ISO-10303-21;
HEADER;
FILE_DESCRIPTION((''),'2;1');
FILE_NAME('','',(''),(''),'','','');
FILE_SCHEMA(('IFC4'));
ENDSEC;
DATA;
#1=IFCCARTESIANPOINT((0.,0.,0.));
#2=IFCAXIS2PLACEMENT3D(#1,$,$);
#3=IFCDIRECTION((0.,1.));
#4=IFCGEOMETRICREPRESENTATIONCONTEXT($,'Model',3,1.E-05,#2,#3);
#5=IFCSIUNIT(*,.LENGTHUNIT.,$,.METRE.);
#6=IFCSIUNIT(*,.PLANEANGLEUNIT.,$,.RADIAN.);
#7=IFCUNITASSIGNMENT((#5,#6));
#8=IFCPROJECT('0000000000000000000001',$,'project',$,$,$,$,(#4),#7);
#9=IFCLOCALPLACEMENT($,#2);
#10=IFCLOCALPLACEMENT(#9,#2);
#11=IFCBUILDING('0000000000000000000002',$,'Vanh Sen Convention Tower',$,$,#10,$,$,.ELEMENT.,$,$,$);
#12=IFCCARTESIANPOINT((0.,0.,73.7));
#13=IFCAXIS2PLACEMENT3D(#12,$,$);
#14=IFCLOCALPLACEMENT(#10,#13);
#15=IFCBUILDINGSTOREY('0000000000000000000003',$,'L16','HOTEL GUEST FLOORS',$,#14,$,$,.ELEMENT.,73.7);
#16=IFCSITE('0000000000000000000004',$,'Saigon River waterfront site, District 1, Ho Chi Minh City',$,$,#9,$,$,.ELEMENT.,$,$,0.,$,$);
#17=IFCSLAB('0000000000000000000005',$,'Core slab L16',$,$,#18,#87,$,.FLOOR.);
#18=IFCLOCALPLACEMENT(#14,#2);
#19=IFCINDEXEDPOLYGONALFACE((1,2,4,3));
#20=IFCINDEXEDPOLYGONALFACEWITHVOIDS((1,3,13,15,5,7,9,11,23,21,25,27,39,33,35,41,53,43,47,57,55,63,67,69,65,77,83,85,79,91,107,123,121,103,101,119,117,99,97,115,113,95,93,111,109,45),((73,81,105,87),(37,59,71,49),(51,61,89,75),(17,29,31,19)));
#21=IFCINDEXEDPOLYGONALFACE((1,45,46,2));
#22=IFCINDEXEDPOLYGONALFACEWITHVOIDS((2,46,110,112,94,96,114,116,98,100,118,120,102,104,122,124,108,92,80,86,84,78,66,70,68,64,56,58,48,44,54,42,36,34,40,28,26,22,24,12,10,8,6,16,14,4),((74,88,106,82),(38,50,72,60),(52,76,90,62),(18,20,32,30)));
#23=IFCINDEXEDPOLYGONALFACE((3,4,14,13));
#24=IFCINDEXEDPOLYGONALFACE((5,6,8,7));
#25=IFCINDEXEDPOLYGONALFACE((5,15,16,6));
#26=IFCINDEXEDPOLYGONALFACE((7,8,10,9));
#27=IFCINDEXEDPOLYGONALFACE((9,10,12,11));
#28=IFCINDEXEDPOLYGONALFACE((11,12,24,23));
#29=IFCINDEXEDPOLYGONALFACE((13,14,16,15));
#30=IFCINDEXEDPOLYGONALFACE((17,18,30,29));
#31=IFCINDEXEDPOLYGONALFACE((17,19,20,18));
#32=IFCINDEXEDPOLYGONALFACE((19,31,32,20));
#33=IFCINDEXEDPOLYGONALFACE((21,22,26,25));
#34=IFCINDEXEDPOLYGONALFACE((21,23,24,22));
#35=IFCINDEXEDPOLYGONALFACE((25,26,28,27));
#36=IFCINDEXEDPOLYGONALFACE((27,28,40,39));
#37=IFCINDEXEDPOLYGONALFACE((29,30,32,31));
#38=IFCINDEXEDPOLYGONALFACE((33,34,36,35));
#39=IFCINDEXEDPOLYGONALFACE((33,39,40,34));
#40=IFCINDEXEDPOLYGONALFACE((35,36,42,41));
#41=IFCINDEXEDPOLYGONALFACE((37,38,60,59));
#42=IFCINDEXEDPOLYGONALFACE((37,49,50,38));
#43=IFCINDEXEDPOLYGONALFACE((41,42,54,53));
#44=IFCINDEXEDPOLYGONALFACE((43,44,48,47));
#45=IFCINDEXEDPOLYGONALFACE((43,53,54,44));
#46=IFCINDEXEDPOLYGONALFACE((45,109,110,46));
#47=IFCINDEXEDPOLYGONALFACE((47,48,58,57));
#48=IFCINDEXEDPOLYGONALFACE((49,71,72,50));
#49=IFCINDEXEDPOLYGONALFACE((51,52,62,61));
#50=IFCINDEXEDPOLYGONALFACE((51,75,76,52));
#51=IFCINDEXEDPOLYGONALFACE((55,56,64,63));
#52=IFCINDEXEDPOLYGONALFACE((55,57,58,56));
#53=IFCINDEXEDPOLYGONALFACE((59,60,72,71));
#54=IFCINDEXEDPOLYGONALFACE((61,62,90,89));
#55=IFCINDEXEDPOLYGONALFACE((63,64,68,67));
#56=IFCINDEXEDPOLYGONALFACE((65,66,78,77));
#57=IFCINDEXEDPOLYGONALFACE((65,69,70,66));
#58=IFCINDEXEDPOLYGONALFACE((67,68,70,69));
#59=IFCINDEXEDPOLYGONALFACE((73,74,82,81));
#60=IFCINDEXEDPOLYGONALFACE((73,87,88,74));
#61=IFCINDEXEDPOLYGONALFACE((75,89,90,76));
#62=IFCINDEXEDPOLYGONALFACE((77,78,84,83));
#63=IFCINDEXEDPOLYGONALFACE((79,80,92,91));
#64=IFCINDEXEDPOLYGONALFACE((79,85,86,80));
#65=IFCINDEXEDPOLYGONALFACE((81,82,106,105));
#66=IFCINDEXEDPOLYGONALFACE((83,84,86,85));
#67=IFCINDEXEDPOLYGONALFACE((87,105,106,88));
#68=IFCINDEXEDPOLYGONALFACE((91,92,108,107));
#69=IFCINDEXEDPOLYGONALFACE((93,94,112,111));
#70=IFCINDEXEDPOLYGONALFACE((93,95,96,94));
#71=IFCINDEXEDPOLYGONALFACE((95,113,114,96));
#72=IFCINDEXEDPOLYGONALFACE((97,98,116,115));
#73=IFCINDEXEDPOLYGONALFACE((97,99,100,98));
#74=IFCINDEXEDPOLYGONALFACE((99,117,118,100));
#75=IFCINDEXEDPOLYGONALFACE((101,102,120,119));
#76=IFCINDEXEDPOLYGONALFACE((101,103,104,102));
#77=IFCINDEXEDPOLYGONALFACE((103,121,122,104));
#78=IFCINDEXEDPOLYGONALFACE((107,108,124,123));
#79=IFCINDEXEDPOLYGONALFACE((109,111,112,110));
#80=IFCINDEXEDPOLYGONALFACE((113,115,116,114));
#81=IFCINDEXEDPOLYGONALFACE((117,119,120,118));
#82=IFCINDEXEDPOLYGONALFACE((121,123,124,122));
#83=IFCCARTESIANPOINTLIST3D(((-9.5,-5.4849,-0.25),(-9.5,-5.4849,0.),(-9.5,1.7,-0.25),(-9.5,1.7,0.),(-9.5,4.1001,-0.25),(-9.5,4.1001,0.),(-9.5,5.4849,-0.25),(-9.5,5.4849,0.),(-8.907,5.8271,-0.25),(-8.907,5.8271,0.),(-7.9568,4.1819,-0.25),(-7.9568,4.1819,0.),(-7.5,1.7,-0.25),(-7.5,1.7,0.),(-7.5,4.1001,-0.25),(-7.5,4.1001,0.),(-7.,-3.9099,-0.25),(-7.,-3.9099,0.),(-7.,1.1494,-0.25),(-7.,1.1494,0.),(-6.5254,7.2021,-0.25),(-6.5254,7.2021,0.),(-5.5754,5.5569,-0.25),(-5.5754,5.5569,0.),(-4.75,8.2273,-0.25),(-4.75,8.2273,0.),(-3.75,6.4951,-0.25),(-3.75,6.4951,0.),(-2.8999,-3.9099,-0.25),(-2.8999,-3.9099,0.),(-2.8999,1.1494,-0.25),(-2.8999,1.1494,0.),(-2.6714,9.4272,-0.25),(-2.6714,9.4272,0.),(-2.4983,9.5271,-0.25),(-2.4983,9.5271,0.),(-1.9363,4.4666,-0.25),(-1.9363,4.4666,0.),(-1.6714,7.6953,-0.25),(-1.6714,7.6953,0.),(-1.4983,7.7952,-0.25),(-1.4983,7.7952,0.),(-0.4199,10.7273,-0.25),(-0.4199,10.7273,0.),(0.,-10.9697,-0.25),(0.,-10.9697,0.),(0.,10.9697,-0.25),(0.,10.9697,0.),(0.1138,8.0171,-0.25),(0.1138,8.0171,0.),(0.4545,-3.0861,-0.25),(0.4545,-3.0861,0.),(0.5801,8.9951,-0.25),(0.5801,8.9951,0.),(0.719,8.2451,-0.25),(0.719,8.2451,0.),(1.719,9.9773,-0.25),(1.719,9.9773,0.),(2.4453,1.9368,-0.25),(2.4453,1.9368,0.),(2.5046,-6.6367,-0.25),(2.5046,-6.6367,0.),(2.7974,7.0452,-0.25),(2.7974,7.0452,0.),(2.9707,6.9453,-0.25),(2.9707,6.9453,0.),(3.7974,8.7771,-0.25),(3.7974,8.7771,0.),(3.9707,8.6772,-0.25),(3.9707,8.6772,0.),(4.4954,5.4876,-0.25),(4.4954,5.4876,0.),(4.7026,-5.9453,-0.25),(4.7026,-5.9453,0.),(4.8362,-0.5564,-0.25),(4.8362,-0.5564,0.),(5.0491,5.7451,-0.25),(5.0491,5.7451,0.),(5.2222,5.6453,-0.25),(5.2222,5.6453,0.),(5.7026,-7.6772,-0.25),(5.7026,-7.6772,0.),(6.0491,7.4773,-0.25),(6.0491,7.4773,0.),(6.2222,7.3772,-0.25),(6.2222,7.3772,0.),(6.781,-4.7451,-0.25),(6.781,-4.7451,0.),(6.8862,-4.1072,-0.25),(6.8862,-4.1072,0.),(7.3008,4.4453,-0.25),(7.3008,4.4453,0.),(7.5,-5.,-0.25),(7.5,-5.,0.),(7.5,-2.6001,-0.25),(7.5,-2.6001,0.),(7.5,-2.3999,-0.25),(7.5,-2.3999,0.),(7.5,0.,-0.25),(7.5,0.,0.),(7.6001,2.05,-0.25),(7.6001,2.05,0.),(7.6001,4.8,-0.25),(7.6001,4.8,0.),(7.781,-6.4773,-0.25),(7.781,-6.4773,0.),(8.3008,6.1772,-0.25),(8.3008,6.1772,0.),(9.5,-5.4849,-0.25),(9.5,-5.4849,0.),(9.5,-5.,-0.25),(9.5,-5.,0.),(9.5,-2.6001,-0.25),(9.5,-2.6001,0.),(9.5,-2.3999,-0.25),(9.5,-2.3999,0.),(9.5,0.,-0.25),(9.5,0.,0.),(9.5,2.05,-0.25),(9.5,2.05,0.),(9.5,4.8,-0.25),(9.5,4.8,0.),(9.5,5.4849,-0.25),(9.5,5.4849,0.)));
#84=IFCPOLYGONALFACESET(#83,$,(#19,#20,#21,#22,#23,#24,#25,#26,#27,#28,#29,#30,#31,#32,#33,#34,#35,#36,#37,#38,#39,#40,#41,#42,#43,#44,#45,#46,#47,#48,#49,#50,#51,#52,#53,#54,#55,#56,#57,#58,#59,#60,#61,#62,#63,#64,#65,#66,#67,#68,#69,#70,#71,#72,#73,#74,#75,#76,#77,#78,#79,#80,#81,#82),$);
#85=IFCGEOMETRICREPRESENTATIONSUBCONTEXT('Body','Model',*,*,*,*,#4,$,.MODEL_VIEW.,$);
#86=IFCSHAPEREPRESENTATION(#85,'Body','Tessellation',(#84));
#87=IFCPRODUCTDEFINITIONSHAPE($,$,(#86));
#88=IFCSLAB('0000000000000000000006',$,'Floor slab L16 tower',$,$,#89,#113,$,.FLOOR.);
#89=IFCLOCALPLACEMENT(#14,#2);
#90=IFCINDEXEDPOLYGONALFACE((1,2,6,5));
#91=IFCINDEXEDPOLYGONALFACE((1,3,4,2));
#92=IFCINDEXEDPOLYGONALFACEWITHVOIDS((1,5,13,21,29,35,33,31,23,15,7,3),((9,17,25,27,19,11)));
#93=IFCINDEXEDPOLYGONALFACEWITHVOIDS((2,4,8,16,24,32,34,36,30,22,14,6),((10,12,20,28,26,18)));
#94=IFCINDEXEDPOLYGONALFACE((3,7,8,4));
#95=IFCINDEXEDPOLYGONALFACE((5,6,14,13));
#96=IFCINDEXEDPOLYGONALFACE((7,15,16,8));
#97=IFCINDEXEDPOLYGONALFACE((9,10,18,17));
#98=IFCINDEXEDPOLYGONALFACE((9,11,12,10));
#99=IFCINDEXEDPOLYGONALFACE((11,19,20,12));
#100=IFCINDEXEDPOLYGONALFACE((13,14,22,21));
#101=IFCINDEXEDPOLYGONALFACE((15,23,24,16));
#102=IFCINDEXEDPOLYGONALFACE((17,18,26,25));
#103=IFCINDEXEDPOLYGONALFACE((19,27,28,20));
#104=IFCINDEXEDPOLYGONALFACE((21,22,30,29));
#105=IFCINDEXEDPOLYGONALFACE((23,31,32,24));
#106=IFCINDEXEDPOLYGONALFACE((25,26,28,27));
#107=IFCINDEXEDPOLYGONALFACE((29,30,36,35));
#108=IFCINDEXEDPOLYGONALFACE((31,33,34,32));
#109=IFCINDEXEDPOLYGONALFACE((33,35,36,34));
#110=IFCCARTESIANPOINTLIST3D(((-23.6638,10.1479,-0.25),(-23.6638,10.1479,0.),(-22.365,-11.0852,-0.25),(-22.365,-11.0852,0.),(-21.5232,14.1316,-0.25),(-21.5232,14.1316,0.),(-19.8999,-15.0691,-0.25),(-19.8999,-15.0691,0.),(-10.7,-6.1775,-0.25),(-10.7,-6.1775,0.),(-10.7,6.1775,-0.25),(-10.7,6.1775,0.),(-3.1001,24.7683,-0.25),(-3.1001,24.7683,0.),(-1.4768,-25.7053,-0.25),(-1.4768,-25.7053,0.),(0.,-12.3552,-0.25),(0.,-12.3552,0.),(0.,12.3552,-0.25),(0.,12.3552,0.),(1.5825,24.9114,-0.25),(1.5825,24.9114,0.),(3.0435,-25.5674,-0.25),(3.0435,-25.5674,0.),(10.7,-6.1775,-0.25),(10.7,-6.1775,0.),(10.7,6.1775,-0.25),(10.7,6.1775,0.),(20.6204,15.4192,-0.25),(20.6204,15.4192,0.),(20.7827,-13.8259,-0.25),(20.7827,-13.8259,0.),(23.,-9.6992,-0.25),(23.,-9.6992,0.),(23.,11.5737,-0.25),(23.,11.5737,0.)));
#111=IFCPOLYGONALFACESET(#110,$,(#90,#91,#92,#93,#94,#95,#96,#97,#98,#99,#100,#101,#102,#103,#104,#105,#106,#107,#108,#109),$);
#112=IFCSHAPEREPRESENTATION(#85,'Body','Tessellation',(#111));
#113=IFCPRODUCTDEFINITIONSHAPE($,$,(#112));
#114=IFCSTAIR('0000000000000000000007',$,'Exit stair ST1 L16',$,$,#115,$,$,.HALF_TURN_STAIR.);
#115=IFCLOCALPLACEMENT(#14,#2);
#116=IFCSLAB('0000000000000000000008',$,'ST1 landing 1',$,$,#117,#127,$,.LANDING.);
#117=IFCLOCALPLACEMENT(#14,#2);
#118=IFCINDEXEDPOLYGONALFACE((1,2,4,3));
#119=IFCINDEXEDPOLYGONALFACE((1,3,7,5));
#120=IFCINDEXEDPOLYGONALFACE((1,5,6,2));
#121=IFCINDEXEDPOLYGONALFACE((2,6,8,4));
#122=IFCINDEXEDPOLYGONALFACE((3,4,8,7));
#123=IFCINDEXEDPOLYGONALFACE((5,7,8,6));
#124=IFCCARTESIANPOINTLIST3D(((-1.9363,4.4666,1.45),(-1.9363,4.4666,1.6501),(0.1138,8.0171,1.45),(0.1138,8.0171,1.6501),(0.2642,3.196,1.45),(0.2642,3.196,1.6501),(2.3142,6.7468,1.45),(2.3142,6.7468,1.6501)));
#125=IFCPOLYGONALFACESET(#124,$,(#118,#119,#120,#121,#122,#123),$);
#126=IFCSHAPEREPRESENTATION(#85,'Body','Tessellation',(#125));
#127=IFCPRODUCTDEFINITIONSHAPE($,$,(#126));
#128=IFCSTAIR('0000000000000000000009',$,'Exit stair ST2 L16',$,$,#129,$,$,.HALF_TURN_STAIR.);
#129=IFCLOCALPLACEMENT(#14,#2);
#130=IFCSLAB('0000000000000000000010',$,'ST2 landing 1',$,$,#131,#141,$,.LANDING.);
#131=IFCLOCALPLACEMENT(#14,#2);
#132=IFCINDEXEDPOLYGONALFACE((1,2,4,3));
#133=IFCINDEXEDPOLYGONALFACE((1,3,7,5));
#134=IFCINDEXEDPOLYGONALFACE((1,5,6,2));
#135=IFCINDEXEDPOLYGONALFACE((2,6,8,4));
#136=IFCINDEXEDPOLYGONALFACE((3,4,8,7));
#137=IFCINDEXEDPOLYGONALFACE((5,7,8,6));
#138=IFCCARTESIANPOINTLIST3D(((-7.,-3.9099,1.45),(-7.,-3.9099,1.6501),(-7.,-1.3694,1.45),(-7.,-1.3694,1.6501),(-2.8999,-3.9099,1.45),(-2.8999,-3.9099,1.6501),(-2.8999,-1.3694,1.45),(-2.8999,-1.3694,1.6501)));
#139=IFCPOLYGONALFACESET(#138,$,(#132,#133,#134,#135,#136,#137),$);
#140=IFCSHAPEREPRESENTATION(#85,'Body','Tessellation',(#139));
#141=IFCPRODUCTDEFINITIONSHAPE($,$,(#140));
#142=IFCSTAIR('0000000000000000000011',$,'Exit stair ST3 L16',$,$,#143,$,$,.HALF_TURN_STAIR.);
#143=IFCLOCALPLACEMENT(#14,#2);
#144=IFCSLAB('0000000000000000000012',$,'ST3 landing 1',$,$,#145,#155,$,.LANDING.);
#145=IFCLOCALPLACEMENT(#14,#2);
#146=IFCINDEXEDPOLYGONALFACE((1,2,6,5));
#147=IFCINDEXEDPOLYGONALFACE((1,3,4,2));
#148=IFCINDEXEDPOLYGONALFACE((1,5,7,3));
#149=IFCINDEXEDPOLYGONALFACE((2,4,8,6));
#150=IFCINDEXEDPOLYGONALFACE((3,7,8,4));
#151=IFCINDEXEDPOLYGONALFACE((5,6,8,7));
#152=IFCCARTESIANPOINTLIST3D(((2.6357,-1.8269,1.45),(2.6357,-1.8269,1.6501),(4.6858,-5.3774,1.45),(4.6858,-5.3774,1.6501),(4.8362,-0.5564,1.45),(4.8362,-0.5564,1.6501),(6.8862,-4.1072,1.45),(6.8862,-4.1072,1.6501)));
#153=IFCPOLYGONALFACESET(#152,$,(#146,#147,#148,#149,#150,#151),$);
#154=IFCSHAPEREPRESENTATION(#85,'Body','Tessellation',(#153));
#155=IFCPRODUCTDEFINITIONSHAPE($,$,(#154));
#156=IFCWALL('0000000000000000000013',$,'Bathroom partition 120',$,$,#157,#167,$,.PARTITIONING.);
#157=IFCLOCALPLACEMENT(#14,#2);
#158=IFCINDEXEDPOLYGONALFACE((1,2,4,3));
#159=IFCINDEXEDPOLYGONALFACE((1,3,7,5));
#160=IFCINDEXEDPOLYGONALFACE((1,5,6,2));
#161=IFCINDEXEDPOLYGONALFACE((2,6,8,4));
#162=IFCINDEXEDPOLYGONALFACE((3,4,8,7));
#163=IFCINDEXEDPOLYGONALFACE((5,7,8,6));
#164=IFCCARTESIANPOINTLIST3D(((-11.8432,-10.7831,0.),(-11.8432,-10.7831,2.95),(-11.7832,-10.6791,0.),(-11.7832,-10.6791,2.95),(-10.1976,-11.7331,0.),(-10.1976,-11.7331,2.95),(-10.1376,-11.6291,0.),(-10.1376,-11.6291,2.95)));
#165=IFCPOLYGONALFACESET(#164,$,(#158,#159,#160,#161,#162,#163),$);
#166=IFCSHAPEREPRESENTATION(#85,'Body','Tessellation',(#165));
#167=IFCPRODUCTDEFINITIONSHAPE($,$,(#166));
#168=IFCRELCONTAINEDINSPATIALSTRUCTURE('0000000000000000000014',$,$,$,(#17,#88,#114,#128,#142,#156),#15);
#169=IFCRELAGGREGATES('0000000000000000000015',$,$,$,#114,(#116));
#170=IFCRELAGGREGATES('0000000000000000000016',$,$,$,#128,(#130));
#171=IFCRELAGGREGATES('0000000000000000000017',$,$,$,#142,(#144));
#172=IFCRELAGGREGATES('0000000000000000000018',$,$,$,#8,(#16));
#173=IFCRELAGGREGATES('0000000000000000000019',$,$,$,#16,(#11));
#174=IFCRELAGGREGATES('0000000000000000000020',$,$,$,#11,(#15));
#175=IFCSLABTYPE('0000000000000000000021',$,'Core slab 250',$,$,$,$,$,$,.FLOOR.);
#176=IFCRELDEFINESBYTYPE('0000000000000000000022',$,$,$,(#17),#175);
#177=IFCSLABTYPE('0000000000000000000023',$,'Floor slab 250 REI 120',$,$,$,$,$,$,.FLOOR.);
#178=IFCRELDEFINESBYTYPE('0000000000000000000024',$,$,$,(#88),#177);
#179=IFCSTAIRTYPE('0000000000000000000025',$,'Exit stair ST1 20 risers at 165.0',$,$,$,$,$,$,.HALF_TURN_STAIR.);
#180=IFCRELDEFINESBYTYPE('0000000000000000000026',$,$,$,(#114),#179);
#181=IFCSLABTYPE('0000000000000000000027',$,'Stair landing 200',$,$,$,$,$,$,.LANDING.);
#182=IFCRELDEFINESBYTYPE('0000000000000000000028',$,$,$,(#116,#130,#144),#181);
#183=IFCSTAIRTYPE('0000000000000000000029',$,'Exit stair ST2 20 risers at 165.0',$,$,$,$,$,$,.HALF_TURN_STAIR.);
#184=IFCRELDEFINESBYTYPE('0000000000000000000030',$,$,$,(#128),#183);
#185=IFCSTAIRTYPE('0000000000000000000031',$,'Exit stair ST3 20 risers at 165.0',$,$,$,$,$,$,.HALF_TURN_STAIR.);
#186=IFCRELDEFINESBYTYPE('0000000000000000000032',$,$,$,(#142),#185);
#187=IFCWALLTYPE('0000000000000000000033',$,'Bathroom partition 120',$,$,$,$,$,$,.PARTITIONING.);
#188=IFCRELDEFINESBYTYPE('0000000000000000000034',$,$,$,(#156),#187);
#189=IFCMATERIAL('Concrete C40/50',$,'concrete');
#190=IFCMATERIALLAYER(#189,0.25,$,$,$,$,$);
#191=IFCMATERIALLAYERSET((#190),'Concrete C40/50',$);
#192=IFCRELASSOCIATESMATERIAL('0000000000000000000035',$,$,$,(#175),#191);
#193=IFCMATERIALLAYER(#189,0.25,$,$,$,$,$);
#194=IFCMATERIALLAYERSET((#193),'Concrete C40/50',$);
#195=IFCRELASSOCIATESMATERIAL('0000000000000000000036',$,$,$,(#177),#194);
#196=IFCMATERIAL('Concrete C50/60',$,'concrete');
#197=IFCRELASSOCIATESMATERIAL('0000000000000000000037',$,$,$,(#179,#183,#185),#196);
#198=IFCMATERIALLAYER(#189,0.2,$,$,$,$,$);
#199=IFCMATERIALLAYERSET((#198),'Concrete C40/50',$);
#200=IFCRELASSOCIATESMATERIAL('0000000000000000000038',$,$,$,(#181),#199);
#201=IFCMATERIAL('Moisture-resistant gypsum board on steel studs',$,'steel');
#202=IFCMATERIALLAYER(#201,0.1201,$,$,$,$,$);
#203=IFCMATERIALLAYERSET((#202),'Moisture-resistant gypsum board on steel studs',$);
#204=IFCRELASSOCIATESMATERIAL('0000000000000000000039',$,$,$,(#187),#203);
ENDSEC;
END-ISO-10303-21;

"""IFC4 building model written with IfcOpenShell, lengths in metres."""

from ifc_helpers import new_model, si_unit, direction, frame, frame_2d, origin, place, context, subcontext, project, spatial, polyline, rectangle, outline, extrude, material, layer, layer_set, type_object, element, aggregate, save


model = new_model("IFC4")

# Units and contexts
model_context = context("Model", 3, precision=1e-05, world=origin(), true_north=direction((0.0, 1.0)))
body_context = subcontext(model_context, "Body", "Model", "MODEL_VIEW")
ifc_project = project(units=[si_unit("LENGTHUNIT", "METRE"), si_unit("PLANEANGLEUNIT", "RADIAN")], contexts=[model_context])

# Site, building, storey
site_placement = place(None, origin())
site = spatial("IfcSite", under=ifc_project, at=site_placement, Name="Saigon River waterfront site, District 1, Ho Chi Minh City", CompositionType="ELEMENT", RefElevation=0.0)
building_placement = place(site_placement, origin())
building = spatial("IfcBuilding", under=site, at=building_placement, Name="Vanh Sen Convention Tower", CompositionType="ELEMENT")
storey_placement = place(building_placement, frame((0.0, 0.0, 73.7)))
storey = spatial("IfcBuildingStorey", under=building, at=storey_placement, Name="L16", Description="HOTEL GUEST FLOORS", CompositionType="ELEMENT", Elevation=73.7)

# Slabs
ifc_material_1 = material(Name="Concrete C40/50", Category="concrete")
ifc_layer_1 = layer(ifc_material_1, 0.25)
ifc_layer_set_1 = layer_set([ifc_layer_1], Name="Concrete C40/50")
slab_type_1 = type_object("IfcSlabType", Name="Core slab 250", PredefinedType="FLOOR", material=ifc_layer_set_1)
slab_1_placement = place(storey_placement, frame((0.0, 0.0, -0.25)))
element("IfcSlab", 1, at=slab_1_placement, inside=storey, type_object=slab_type_1, Name="Core slab L16", PredefinedType="FLOOR", context=body_context, shape_type="SweptSolid", body=[
    extrude(outline(polyline([(9.5, 5.4849), (9.5, 4.8), (7.6001, 4.8), (7.6001, 2.05), (9.5, 2.05), (9.5, 0.0), (7.5, 0.0), (7.5, -2.3999), (9.5, -2.3999), (9.5, -2.6001), (7.5, -2.6001), (7.5, -5.0), (9.5, -5.0), (9.5, -5.4849), (0.0, -10.9697), (-9.5, -5.4849), (-9.5, 1.7), (-7.5, 1.7), (-7.5, 4.1001), (-9.5, 4.1001), (-9.5, 5.4849), (-8.907, 5.8271), (-7.9568, 4.1819), (-5.5754, 5.5569), (-6.5254, 7.2021), (-4.75, 8.2273), (-3.75, 6.4951), (-1.6714, 7.6953), (-2.6714, 9.4272), (-2.4983, 9.5271), (-1.4983, 7.7952), (0.5801, 8.9951), (-0.4199, 10.7273), (0.0, 10.9697), (1.719, 9.9773), (0.719, 8.2451), (2.7974, 7.0452), (3.7974, 8.7771), (3.9707, 8.6772), (2.9707, 6.9453), (5.0491, 5.7451), (6.0491, 7.4773), (6.2222, 7.3772), (5.2222, 5.6453), (7.3008, 4.4453), (8.3008, 6.1772), (9.5, 5.4849)]), holes=[polyline([(-7.0, 3.1499), (-7.0, -3.9099), (-2.8999, -3.9099), (-2.8999, 3.1499), (-2.8999, 1.1494), (-7.0, 1.1494), (-7.0, 3.1499)]), polyline([(4.4954, 5.4875), (6.228, 4.4873), (0.1138, 8.0171), (-1.9363, 4.4666), (2.4453, 1.9368), (4.4954, 5.4875)]), polyline([(7.781, -6.4773), (6.781, -4.7451), (4.7026, -5.9453), (5.7026, -7.6772), (7.781, -6.4773)]), polyline([(0.4546, -3.0862), (2.5046, -6.6367), (6.8862, -4.1072), (4.8362, -0.5564), (-1.2781, -4.0864), (0.4546, -3.0862)])]), origin(), (0.0, 0.0, 1.0), 0.25),
])
ifc_layer_2 = layer(ifc_material_1, 0.25)
ifc_layer_set_2 = layer_set([ifc_layer_2], Name="Concrete C40/50")
slab_type_2 = type_object("IfcSlabType", Name="Floor slab 250 REI 120", PredefinedType="FLOOR", material=ifc_layer_set_2)
slab_2_placement = place(storey_placement, frame((0.0, 0.0, -0.25)))
element("IfcSlab", 2, at=slab_2_placement, inside=storey, type_object=slab_type_2, Name="Floor slab L16 tower", PredefinedType="FLOOR", context=body_context, shape_type="SweptSolid", body=[
    extrude(outline(polyline([(23.0, -9.6992), (23.0, 11.5737), (20.6204, 15.4192), (1.5825, 24.9114), (-3.1001, 24.7683), (-21.5232, 14.1316), (-23.6638, 10.1479), (-22.365, -11.0852), (-19.8999, -15.0691), (-1.4768, -25.7053), (3.0435, -25.5674), (20.7827, -13.8259), (23.0, -9.6992)]), holes=[polyline([(0.0, 12.3552), (-10.7, 6.1775), (-10.7, -6.1775), (0.0, -12.3552), (10.7, -6.1775), (10.7, 6.1775), (0.0, 12.3552)])]), origin(), (0.0, 0.0, 1.0), 0.25),
])

# Stairs, slabs
ifc_material_2 = material(Name="Concrete C50/60", Category="concrete")
stair_type_1 = type_object("IfcStairType", Name="Exit stair ST1 20 risers at 165.0", PredefinedType="HALF_TURN_STAIR", material=ifc_material_2)
stair_1_placement = place(storey_placement, origin())
stair_1 = element("IfcStair", 3, at=stair_1_placement, inside=storey, type_object=stair_type_1, Name="Exit stair ST1 L16", PredefinedType="HALF_TURN_STAIR")
ifc_layer_3 = layer(ifc_material_1, 0.2)
ifc_layer_set_3 = layer_set([ifc_layer_3], Name="Concrete C40/50")
slab_type_3 = type_object("IfcSlabType", Name="Stair landing 200", PredefinedType="LANDING", material=ifc_layer_set_3)
slab_3_placement = place(storey_placement, frame((0.0, 0.0, 1.45)))
slab_3 = element("IfcSlab", 4, at=slab_3_placement, type_object=slab_type_3, Name="ST1 landing 1", PredefinedType="LANDING", context=body_context, shape_type="SweptSolid", body=[
    extrude(outline(polyline([(2.3142, 6.7468), (0.1138, 8.0171), (-1.9363, 4.4666), (0.2642, 3.196), (2.3142, 6.7468)])), origin(), (0.0, 0.0, 1.0), 0.2002),
])
aggregate(stair_1, [slab_3])
stair_type_2 = type_object("IfcStairType", Name="Exit stair ST2 20 risers at 165.0", PredefinedType="HALF_TURN_STAIR", material=ifc_material_2)
stair_2_placement = place(storey_placement, origin())
stair_2 = element("IfcStair", 5, at=stair_2_placement, inside=storey, type_object=stair_type_2, Name="Exit stair ST2 L16", PredefinedType="HALF_TURN_STAIR")
slab_4_placement = place(storey_placement, frame((0.0, 0.0, 1.45)))
slab_4 = element("IfcSlab", 6, at=slab_4_placement, type_object=slab_type_3, Name="ST2 landing 1", PredefinedType="LANDING", context=body_context, shape_type="SweptSolid", body=[
    extrude(outline(polyline([(-7.0, -1.3694), (-7.0, -3.9099), (-2.8999, -3.9099), (-2.8999, -1.3694), (-7.0, -1.3694)])), origin(), (0.0, 0.0, 1.0), 0.2002),
])
aggregate(stair_2, [slab_4])
stair_type_3 = type_object("IfcStairType", Name="Exit stair ST3 20 risers at 165.0", PredefinedType="HALF_TURN_STAIR", material=ifc_material_2)
stair_3_placement = place(storey_placement, origin())
stair_3 = element("IfcStair", 7, at=stair_3_placement, inside=storey, type_object=stair_type_3, Name="Exit stair ST3 L16", PredefinedType="HALF_TURN_STAIR")
slab_5_placement = place(storey_placement, frame((0.0, 0.0, 1.45)))
slab_5 = element("IfcSlab", 8, at=slab_5_placement, type_object=slab_type_3, Name="ST3 landing 1", PredefinedType="LANDING", context=body_context, shape_type="SweptSolid", body=[
    extrude(outline(polyline([(4.6858, -5.3774), (6.8862, -4.1072), (4.8362, -0.5564), (2.6357, -1.8269), (4.6858, -5.3774)])), origin(), (0.0, 0.0, 1.0), 0.2002),
])
aggregate(stair_3, [slab_5])

# Wall
ifc_material_3 = material(Name="Moisture-resistant gypsum board on steel studs", Category="steel")
ifc_layer_4 = layer(ifc_material_3, 0.1201)
ifc_layer_set_4 = layer_set([ifc_layer_4], Name="Moisture-resistant gypsum board on steel studs")
wall_type_1 = type_object("IfcWallType", Name="Bathroom partition 120", PredefinedType="PARTITIONING", material=ifc_layer_set_4)
wall_1_placement = place(storey_placement, frame((-10.1675, -11.6812, 0.0), z_axis=(0.0, 0.0, 1.0), x_axis=(-0.866044, 0.499967, 0.0)))
element("IfcWall", 9, at=wall_1_placement, inside=storey, type_object=wall_type_1, Name="Bathroom partition 120", PredefinedType="PARTITIONING", context=body_context, shape_type="SweptSolid", body=[
    extrude(rectangle(XDim=1.9001, YDim=0.1201, at=frame_2d((0.9502, 0.0))), origin(), (0.0, 0.0, 1.0), 2.95),
])

save(model, "model.ifc")
